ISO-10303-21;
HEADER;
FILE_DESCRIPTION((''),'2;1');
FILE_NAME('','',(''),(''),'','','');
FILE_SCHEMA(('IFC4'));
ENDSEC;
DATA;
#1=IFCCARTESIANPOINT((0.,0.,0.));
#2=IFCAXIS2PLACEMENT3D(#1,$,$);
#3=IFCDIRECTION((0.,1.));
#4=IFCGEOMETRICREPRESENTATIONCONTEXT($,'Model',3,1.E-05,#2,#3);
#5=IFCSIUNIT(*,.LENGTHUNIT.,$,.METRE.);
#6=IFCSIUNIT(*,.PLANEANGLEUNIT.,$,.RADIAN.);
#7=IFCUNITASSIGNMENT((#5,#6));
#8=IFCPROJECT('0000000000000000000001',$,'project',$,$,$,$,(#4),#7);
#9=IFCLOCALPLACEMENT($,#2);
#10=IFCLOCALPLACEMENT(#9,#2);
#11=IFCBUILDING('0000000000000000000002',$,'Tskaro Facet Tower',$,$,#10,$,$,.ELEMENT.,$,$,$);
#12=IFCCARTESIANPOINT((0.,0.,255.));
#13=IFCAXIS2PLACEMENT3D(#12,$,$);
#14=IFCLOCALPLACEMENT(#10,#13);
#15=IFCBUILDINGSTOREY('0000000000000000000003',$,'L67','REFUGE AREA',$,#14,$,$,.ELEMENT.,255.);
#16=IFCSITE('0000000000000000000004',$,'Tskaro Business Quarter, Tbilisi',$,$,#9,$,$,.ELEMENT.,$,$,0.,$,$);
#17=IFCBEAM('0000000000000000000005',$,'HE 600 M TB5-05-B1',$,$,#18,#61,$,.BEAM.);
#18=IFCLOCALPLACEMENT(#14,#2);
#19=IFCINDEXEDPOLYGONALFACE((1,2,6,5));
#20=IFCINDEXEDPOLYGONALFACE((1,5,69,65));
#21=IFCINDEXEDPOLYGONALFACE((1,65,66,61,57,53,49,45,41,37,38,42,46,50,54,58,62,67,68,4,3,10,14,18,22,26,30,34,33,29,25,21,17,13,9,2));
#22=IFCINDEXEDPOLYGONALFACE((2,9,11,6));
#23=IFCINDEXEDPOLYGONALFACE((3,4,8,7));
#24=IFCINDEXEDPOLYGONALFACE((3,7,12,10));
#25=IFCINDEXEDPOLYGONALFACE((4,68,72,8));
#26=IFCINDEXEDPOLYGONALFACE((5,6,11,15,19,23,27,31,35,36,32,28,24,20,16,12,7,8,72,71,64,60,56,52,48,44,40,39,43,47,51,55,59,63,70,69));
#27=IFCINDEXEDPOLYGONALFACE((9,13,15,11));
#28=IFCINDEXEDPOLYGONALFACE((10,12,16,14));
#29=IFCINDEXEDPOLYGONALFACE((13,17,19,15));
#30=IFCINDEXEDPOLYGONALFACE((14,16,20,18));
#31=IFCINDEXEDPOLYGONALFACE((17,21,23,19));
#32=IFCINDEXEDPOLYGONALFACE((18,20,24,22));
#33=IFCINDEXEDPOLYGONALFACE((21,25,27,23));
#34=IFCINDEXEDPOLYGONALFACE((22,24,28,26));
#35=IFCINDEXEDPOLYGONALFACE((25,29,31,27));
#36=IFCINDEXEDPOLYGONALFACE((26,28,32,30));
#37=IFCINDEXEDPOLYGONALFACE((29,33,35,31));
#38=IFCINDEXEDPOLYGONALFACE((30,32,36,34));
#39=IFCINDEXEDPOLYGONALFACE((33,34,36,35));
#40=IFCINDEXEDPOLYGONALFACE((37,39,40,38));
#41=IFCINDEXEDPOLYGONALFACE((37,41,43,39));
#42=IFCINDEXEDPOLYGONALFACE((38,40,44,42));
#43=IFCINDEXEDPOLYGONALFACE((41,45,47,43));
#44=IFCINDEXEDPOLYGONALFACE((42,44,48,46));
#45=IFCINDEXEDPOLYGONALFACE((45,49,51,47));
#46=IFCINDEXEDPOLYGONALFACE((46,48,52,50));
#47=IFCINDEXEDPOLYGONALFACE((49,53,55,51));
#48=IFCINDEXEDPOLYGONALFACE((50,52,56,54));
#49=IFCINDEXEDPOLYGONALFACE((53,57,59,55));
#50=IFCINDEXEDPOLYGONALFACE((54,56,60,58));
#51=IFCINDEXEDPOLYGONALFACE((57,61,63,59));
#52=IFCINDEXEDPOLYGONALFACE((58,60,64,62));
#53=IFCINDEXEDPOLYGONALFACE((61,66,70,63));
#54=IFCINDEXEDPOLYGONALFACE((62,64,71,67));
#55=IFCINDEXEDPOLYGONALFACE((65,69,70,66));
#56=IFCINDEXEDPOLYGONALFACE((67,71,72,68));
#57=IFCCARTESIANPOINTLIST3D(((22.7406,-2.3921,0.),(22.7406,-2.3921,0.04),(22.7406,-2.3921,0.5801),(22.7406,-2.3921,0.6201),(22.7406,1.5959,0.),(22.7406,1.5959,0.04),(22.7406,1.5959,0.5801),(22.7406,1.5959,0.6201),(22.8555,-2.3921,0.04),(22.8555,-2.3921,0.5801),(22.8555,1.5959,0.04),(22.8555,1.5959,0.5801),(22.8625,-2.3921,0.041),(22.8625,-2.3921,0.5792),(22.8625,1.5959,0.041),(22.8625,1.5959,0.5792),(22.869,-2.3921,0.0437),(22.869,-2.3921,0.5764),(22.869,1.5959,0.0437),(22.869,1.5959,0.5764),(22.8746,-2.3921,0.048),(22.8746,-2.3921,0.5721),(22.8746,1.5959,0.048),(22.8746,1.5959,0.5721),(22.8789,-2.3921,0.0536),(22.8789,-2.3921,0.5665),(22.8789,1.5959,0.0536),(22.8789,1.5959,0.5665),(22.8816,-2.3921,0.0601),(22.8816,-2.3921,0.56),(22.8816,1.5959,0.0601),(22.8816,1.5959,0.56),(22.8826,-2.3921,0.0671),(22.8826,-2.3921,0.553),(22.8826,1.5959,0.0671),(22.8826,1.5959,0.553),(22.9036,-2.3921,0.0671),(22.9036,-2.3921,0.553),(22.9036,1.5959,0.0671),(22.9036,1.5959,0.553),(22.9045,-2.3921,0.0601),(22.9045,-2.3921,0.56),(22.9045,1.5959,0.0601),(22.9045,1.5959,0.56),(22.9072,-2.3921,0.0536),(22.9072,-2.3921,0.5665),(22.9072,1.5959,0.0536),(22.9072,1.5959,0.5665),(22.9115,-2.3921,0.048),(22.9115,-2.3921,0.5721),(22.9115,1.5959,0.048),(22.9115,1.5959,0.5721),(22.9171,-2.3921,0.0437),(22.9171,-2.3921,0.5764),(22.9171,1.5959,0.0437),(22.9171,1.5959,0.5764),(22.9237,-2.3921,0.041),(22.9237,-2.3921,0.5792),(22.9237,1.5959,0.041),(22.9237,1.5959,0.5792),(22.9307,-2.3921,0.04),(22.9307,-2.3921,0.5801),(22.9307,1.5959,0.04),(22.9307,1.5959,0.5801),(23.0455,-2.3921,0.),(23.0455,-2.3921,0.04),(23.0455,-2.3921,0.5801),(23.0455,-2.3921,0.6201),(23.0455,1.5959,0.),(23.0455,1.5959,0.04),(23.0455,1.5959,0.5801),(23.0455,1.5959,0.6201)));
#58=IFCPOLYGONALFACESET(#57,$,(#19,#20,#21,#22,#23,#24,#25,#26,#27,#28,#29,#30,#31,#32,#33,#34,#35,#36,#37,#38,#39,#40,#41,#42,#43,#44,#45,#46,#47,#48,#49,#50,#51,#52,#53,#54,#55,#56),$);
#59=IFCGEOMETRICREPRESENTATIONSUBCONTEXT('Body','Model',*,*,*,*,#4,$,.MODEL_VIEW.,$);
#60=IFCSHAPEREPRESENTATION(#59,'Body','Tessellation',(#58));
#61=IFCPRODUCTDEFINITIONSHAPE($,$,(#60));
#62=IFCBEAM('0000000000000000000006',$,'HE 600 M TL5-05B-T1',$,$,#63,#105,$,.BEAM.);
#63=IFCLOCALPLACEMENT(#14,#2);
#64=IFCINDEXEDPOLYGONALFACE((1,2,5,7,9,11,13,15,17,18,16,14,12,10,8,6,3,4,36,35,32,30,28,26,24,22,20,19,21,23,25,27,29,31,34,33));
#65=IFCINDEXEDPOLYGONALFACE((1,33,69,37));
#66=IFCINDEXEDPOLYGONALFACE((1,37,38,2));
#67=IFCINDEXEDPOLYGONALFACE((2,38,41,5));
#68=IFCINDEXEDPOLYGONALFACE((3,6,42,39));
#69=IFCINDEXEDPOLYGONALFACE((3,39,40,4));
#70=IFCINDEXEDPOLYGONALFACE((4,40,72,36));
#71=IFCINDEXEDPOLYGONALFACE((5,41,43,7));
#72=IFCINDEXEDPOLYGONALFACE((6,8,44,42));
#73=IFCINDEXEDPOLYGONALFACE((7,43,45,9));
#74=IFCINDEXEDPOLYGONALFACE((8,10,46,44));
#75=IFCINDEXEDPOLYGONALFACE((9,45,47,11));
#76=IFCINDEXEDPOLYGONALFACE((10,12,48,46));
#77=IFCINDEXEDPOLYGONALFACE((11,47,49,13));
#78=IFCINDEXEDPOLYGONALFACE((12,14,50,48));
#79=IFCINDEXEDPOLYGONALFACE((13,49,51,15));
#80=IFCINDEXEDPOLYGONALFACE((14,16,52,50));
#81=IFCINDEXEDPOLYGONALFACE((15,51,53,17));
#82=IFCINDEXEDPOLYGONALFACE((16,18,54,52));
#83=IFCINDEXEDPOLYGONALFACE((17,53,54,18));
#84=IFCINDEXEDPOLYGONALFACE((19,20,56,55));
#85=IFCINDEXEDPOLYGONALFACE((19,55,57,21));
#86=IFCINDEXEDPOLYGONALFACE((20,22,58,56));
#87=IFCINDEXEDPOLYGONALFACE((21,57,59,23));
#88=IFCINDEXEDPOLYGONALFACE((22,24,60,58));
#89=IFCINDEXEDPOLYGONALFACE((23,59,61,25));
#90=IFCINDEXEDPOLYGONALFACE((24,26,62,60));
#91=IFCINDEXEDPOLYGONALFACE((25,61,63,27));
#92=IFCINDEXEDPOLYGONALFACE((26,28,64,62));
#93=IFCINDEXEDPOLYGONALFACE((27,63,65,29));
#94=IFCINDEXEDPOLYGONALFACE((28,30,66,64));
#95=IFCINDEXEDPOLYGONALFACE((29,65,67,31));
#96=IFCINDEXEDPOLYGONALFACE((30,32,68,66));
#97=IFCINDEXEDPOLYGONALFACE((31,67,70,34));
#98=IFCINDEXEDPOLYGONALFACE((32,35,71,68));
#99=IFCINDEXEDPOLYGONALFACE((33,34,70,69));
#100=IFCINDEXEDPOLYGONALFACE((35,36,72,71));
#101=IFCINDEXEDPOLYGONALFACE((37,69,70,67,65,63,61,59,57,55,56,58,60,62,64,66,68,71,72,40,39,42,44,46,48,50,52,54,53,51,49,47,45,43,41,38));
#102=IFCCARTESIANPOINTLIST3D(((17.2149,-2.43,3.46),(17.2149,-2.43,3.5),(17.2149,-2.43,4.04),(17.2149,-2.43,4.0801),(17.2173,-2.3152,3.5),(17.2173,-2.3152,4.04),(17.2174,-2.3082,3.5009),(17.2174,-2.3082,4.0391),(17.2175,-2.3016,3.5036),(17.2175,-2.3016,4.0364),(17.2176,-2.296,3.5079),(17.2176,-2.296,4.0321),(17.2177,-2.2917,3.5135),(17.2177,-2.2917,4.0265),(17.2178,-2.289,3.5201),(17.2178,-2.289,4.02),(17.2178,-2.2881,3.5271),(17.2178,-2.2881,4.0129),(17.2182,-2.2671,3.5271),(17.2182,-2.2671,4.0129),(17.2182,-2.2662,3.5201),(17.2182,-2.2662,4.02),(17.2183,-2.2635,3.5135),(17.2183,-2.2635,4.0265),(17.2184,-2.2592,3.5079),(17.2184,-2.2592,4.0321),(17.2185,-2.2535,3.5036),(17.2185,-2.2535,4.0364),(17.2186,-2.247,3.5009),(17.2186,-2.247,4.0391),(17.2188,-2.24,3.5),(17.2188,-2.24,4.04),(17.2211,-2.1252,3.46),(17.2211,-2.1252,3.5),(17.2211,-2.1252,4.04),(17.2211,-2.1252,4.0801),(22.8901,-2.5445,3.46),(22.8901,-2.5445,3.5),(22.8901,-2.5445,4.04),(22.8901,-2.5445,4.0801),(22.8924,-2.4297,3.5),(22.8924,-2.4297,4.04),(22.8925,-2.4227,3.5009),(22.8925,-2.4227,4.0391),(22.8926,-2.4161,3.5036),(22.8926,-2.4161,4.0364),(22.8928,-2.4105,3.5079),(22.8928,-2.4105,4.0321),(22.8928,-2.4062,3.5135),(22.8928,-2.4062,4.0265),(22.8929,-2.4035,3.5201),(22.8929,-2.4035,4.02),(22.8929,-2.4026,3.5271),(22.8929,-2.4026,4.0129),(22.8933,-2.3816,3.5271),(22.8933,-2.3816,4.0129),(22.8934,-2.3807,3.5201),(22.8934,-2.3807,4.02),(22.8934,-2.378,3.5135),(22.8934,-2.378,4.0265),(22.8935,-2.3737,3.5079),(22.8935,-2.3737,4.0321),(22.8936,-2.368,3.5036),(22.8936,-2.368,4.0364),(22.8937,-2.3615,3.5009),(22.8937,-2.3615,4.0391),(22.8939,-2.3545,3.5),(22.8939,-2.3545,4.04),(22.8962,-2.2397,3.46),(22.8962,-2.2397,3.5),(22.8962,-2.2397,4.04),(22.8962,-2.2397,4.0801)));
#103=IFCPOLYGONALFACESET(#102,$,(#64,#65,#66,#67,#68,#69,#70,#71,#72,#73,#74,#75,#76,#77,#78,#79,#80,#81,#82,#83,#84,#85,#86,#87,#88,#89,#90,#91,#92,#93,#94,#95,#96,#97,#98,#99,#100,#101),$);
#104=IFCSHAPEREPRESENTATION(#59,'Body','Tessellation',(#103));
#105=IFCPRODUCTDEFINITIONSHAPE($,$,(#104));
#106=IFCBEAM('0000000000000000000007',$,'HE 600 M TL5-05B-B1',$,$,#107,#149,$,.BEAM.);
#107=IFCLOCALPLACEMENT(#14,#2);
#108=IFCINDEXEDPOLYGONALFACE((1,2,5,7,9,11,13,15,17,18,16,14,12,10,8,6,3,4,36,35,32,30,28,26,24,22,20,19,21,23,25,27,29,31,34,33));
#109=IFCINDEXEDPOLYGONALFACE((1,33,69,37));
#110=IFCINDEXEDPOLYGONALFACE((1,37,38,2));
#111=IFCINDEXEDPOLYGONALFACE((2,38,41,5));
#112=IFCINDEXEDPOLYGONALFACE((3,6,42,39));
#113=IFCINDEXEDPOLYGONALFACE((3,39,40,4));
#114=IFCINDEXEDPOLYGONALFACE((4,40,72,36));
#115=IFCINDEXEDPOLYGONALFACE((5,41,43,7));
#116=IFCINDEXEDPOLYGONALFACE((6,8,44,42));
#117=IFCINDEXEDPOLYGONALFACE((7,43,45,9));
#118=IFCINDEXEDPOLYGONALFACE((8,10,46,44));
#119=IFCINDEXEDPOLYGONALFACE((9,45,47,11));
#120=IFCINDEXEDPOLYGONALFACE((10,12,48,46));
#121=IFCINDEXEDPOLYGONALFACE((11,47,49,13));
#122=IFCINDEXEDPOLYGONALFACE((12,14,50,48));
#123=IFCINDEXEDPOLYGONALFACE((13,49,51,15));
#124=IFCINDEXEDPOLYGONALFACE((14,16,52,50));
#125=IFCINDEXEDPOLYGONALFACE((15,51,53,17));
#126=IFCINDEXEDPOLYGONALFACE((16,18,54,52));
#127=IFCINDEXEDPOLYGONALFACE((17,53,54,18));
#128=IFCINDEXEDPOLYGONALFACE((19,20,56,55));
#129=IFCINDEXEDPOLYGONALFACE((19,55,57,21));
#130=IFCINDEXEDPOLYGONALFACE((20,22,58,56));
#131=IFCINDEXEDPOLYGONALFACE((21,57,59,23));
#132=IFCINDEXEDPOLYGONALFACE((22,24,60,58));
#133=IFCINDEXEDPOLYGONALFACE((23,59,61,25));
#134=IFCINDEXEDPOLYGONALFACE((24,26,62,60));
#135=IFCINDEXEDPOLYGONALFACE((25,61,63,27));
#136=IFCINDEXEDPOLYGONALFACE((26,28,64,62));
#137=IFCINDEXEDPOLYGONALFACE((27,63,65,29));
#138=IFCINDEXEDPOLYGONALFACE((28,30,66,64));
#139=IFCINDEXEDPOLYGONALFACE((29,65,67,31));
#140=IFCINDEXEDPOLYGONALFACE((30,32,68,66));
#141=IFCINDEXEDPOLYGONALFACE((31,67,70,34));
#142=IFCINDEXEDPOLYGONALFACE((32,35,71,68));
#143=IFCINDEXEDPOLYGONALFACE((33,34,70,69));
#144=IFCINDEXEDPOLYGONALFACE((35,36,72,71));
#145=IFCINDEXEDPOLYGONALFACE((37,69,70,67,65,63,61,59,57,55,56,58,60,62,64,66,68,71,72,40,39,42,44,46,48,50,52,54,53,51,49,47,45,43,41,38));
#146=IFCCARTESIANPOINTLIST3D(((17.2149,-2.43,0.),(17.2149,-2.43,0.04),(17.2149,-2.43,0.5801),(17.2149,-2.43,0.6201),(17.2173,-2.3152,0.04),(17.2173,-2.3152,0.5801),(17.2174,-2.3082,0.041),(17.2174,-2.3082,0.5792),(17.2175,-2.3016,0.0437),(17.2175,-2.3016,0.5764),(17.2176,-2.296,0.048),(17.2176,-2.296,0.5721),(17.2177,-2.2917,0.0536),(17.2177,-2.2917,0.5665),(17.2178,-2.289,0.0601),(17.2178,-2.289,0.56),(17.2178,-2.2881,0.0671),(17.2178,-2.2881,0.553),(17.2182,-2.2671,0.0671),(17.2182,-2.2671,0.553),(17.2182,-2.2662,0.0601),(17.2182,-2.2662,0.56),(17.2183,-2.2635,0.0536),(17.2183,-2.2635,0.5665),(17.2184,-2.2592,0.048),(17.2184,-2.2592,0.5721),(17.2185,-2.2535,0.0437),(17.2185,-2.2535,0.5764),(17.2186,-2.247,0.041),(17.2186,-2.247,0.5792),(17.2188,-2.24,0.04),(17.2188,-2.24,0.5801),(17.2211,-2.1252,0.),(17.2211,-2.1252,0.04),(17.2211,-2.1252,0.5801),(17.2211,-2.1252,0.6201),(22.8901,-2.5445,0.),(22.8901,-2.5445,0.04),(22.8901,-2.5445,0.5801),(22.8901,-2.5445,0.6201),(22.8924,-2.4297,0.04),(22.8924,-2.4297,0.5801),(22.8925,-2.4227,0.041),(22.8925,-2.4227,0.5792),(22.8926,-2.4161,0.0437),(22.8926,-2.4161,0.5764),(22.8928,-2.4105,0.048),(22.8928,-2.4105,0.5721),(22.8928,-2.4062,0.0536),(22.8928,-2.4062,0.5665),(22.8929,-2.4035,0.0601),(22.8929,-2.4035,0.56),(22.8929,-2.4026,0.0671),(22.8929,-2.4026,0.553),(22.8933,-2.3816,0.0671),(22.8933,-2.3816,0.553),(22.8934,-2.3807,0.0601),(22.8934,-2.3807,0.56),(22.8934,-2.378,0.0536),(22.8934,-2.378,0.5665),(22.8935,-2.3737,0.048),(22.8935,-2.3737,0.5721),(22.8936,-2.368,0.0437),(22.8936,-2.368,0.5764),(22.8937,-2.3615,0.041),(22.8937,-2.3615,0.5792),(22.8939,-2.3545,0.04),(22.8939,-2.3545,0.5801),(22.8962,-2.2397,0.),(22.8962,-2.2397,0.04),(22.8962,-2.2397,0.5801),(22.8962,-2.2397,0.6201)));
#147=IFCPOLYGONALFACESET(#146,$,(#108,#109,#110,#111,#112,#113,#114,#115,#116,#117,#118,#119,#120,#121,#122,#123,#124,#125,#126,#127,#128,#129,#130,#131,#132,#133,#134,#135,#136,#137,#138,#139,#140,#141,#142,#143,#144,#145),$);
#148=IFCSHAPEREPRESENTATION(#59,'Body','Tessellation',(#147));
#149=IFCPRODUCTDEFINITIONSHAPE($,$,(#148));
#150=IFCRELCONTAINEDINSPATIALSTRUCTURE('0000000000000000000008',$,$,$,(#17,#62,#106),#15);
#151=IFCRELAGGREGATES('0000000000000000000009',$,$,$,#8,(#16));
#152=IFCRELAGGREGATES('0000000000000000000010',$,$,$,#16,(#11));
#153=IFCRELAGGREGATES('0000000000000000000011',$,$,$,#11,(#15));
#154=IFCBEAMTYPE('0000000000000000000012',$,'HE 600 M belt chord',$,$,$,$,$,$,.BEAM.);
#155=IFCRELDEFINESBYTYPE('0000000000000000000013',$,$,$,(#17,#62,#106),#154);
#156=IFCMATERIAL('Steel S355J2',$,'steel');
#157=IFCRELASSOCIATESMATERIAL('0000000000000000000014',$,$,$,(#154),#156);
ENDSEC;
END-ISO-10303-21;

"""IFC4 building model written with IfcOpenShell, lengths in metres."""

from ifc_helpers import new_model, si_unit, direction, frame, origin, origin_2d, place, context, subcontext, project, spatial, i_section, extrude, material, material_profile, profile_set, type_object, element, save


model = new_model("IFC4")

# Units and contexts
model_context = context("Model", 3, precision=1e-05, world=origin(), true_north=direction((0.0, 1.0)))
body_context = subcontext(model_context, "Body", "Model", "MODEL_VIEW")
ifc_project = project(units=[si_unit("LENGTHUNIT", "METRE"), si_unit("PLANEANGLEUNIT", "RADIAN")], contexts=[model_context])

# Site, building, storey
site_placement = place(None, origin())
site = spatial("IfcSite", under=ifc_project, at=site_placement, Name="Tskaro Business Quarter, Tbilisi", CompositionType="ELEMENT", RefElevation=0.0)
building_placement = place(site_placement, origin())
building = spatial("IfcBuilding", under=site, at=building_placement, Name="Tskaro Facet Tower", CompositionType="ELEMENT")
storey_placement = place(building_placement, frame((0.0, 0.0, 255.0)))
storey = spatial("IfcBuildingStorey", under=building, at=storey_placement, Name="L67", Description="REFUGE AREA", CompositionType="ELEMENT", Elevation=255.0)

# Shared definitions
ifc_material_1 = material(Name="Steel S355J2", Category="steel")

# Beams
ifc_material_profile_1 = material_profile(ifc_material_1, i_section(OverallWidth=0.3049, OverallDepth=0.6201, WebThickness=0.021, FlangeThickness=0.04, FilletRadius=0.0271, at=origin_2d()), Name="HE 600 M")
ifc_profile_set_1 = profile_set([ifc_material_profile_1], Name="Steel S355J2")
beam_type_1 = type_object("IfcBeamType", Name="HE 600 M belt chord", PredefinedType="BEAM", material=ifc_profile_set_1)
for number, where, z_axis, x_axis, name in (
    (1, (22.8931, -2.3921, 0.3101), (0.0, 1.0, 0.0), (-1.0, 0.0, 0.0), "HE 600 M TB5-05-B1"),
):
    element("IfcBeam", number, at=place(storey_placement, frame(where, z_axis=z_axis, x_axis=x_axis)), inside=storey, type_object=beam_type_1, Name=name, PredefinedType="BEAM", context=body_context, shape_type="SweptSolid", body=[
        extrude(i_section(OverallWidth=0.3049, OverallDepth=0.6201, WebThickness=0.021, FlangeThickness=0.04, FilletRadius=0.0271, at=origin_2d()), origin(), (0.0, 0.0, 1.0), 3.988),
    ])
for number, where, z_axis, x_axis, name in (
    (2, (17.218, -2.2776, 3.77), (0.999797, -0.020172, 0.0), (0.020172, 0.999797, 0.0), "HE 600 M TL5-05B-T1"),
    (3, (17.218, -2.2776, 0.3101), (0.999797, -0.020172, 0.0), (0.020172, 0.999797, 0.0), "HE 600 M TL5-05B-B1"),
):
    element("IfcBeam", number, at=place(storey_placement, frame(where, z_axis=z_axis, x_axis=x_axis)), inside=storey, type_object=beam_type_1, Name=name, PredefinedType="BEAM", context=body_context, shape_type="SweptSolid", body=[
        extrude(i_section(OverallWidth=0.3049, OverallDepth=0.6201, WebThickness=0.021, FlangeThickness=0.04, FilletRadius=0.0271, at=origin_2d()), origin(), (0.0, 0.0, 1.0), 5.6763),
    ])

save(model, "model.ifc")
